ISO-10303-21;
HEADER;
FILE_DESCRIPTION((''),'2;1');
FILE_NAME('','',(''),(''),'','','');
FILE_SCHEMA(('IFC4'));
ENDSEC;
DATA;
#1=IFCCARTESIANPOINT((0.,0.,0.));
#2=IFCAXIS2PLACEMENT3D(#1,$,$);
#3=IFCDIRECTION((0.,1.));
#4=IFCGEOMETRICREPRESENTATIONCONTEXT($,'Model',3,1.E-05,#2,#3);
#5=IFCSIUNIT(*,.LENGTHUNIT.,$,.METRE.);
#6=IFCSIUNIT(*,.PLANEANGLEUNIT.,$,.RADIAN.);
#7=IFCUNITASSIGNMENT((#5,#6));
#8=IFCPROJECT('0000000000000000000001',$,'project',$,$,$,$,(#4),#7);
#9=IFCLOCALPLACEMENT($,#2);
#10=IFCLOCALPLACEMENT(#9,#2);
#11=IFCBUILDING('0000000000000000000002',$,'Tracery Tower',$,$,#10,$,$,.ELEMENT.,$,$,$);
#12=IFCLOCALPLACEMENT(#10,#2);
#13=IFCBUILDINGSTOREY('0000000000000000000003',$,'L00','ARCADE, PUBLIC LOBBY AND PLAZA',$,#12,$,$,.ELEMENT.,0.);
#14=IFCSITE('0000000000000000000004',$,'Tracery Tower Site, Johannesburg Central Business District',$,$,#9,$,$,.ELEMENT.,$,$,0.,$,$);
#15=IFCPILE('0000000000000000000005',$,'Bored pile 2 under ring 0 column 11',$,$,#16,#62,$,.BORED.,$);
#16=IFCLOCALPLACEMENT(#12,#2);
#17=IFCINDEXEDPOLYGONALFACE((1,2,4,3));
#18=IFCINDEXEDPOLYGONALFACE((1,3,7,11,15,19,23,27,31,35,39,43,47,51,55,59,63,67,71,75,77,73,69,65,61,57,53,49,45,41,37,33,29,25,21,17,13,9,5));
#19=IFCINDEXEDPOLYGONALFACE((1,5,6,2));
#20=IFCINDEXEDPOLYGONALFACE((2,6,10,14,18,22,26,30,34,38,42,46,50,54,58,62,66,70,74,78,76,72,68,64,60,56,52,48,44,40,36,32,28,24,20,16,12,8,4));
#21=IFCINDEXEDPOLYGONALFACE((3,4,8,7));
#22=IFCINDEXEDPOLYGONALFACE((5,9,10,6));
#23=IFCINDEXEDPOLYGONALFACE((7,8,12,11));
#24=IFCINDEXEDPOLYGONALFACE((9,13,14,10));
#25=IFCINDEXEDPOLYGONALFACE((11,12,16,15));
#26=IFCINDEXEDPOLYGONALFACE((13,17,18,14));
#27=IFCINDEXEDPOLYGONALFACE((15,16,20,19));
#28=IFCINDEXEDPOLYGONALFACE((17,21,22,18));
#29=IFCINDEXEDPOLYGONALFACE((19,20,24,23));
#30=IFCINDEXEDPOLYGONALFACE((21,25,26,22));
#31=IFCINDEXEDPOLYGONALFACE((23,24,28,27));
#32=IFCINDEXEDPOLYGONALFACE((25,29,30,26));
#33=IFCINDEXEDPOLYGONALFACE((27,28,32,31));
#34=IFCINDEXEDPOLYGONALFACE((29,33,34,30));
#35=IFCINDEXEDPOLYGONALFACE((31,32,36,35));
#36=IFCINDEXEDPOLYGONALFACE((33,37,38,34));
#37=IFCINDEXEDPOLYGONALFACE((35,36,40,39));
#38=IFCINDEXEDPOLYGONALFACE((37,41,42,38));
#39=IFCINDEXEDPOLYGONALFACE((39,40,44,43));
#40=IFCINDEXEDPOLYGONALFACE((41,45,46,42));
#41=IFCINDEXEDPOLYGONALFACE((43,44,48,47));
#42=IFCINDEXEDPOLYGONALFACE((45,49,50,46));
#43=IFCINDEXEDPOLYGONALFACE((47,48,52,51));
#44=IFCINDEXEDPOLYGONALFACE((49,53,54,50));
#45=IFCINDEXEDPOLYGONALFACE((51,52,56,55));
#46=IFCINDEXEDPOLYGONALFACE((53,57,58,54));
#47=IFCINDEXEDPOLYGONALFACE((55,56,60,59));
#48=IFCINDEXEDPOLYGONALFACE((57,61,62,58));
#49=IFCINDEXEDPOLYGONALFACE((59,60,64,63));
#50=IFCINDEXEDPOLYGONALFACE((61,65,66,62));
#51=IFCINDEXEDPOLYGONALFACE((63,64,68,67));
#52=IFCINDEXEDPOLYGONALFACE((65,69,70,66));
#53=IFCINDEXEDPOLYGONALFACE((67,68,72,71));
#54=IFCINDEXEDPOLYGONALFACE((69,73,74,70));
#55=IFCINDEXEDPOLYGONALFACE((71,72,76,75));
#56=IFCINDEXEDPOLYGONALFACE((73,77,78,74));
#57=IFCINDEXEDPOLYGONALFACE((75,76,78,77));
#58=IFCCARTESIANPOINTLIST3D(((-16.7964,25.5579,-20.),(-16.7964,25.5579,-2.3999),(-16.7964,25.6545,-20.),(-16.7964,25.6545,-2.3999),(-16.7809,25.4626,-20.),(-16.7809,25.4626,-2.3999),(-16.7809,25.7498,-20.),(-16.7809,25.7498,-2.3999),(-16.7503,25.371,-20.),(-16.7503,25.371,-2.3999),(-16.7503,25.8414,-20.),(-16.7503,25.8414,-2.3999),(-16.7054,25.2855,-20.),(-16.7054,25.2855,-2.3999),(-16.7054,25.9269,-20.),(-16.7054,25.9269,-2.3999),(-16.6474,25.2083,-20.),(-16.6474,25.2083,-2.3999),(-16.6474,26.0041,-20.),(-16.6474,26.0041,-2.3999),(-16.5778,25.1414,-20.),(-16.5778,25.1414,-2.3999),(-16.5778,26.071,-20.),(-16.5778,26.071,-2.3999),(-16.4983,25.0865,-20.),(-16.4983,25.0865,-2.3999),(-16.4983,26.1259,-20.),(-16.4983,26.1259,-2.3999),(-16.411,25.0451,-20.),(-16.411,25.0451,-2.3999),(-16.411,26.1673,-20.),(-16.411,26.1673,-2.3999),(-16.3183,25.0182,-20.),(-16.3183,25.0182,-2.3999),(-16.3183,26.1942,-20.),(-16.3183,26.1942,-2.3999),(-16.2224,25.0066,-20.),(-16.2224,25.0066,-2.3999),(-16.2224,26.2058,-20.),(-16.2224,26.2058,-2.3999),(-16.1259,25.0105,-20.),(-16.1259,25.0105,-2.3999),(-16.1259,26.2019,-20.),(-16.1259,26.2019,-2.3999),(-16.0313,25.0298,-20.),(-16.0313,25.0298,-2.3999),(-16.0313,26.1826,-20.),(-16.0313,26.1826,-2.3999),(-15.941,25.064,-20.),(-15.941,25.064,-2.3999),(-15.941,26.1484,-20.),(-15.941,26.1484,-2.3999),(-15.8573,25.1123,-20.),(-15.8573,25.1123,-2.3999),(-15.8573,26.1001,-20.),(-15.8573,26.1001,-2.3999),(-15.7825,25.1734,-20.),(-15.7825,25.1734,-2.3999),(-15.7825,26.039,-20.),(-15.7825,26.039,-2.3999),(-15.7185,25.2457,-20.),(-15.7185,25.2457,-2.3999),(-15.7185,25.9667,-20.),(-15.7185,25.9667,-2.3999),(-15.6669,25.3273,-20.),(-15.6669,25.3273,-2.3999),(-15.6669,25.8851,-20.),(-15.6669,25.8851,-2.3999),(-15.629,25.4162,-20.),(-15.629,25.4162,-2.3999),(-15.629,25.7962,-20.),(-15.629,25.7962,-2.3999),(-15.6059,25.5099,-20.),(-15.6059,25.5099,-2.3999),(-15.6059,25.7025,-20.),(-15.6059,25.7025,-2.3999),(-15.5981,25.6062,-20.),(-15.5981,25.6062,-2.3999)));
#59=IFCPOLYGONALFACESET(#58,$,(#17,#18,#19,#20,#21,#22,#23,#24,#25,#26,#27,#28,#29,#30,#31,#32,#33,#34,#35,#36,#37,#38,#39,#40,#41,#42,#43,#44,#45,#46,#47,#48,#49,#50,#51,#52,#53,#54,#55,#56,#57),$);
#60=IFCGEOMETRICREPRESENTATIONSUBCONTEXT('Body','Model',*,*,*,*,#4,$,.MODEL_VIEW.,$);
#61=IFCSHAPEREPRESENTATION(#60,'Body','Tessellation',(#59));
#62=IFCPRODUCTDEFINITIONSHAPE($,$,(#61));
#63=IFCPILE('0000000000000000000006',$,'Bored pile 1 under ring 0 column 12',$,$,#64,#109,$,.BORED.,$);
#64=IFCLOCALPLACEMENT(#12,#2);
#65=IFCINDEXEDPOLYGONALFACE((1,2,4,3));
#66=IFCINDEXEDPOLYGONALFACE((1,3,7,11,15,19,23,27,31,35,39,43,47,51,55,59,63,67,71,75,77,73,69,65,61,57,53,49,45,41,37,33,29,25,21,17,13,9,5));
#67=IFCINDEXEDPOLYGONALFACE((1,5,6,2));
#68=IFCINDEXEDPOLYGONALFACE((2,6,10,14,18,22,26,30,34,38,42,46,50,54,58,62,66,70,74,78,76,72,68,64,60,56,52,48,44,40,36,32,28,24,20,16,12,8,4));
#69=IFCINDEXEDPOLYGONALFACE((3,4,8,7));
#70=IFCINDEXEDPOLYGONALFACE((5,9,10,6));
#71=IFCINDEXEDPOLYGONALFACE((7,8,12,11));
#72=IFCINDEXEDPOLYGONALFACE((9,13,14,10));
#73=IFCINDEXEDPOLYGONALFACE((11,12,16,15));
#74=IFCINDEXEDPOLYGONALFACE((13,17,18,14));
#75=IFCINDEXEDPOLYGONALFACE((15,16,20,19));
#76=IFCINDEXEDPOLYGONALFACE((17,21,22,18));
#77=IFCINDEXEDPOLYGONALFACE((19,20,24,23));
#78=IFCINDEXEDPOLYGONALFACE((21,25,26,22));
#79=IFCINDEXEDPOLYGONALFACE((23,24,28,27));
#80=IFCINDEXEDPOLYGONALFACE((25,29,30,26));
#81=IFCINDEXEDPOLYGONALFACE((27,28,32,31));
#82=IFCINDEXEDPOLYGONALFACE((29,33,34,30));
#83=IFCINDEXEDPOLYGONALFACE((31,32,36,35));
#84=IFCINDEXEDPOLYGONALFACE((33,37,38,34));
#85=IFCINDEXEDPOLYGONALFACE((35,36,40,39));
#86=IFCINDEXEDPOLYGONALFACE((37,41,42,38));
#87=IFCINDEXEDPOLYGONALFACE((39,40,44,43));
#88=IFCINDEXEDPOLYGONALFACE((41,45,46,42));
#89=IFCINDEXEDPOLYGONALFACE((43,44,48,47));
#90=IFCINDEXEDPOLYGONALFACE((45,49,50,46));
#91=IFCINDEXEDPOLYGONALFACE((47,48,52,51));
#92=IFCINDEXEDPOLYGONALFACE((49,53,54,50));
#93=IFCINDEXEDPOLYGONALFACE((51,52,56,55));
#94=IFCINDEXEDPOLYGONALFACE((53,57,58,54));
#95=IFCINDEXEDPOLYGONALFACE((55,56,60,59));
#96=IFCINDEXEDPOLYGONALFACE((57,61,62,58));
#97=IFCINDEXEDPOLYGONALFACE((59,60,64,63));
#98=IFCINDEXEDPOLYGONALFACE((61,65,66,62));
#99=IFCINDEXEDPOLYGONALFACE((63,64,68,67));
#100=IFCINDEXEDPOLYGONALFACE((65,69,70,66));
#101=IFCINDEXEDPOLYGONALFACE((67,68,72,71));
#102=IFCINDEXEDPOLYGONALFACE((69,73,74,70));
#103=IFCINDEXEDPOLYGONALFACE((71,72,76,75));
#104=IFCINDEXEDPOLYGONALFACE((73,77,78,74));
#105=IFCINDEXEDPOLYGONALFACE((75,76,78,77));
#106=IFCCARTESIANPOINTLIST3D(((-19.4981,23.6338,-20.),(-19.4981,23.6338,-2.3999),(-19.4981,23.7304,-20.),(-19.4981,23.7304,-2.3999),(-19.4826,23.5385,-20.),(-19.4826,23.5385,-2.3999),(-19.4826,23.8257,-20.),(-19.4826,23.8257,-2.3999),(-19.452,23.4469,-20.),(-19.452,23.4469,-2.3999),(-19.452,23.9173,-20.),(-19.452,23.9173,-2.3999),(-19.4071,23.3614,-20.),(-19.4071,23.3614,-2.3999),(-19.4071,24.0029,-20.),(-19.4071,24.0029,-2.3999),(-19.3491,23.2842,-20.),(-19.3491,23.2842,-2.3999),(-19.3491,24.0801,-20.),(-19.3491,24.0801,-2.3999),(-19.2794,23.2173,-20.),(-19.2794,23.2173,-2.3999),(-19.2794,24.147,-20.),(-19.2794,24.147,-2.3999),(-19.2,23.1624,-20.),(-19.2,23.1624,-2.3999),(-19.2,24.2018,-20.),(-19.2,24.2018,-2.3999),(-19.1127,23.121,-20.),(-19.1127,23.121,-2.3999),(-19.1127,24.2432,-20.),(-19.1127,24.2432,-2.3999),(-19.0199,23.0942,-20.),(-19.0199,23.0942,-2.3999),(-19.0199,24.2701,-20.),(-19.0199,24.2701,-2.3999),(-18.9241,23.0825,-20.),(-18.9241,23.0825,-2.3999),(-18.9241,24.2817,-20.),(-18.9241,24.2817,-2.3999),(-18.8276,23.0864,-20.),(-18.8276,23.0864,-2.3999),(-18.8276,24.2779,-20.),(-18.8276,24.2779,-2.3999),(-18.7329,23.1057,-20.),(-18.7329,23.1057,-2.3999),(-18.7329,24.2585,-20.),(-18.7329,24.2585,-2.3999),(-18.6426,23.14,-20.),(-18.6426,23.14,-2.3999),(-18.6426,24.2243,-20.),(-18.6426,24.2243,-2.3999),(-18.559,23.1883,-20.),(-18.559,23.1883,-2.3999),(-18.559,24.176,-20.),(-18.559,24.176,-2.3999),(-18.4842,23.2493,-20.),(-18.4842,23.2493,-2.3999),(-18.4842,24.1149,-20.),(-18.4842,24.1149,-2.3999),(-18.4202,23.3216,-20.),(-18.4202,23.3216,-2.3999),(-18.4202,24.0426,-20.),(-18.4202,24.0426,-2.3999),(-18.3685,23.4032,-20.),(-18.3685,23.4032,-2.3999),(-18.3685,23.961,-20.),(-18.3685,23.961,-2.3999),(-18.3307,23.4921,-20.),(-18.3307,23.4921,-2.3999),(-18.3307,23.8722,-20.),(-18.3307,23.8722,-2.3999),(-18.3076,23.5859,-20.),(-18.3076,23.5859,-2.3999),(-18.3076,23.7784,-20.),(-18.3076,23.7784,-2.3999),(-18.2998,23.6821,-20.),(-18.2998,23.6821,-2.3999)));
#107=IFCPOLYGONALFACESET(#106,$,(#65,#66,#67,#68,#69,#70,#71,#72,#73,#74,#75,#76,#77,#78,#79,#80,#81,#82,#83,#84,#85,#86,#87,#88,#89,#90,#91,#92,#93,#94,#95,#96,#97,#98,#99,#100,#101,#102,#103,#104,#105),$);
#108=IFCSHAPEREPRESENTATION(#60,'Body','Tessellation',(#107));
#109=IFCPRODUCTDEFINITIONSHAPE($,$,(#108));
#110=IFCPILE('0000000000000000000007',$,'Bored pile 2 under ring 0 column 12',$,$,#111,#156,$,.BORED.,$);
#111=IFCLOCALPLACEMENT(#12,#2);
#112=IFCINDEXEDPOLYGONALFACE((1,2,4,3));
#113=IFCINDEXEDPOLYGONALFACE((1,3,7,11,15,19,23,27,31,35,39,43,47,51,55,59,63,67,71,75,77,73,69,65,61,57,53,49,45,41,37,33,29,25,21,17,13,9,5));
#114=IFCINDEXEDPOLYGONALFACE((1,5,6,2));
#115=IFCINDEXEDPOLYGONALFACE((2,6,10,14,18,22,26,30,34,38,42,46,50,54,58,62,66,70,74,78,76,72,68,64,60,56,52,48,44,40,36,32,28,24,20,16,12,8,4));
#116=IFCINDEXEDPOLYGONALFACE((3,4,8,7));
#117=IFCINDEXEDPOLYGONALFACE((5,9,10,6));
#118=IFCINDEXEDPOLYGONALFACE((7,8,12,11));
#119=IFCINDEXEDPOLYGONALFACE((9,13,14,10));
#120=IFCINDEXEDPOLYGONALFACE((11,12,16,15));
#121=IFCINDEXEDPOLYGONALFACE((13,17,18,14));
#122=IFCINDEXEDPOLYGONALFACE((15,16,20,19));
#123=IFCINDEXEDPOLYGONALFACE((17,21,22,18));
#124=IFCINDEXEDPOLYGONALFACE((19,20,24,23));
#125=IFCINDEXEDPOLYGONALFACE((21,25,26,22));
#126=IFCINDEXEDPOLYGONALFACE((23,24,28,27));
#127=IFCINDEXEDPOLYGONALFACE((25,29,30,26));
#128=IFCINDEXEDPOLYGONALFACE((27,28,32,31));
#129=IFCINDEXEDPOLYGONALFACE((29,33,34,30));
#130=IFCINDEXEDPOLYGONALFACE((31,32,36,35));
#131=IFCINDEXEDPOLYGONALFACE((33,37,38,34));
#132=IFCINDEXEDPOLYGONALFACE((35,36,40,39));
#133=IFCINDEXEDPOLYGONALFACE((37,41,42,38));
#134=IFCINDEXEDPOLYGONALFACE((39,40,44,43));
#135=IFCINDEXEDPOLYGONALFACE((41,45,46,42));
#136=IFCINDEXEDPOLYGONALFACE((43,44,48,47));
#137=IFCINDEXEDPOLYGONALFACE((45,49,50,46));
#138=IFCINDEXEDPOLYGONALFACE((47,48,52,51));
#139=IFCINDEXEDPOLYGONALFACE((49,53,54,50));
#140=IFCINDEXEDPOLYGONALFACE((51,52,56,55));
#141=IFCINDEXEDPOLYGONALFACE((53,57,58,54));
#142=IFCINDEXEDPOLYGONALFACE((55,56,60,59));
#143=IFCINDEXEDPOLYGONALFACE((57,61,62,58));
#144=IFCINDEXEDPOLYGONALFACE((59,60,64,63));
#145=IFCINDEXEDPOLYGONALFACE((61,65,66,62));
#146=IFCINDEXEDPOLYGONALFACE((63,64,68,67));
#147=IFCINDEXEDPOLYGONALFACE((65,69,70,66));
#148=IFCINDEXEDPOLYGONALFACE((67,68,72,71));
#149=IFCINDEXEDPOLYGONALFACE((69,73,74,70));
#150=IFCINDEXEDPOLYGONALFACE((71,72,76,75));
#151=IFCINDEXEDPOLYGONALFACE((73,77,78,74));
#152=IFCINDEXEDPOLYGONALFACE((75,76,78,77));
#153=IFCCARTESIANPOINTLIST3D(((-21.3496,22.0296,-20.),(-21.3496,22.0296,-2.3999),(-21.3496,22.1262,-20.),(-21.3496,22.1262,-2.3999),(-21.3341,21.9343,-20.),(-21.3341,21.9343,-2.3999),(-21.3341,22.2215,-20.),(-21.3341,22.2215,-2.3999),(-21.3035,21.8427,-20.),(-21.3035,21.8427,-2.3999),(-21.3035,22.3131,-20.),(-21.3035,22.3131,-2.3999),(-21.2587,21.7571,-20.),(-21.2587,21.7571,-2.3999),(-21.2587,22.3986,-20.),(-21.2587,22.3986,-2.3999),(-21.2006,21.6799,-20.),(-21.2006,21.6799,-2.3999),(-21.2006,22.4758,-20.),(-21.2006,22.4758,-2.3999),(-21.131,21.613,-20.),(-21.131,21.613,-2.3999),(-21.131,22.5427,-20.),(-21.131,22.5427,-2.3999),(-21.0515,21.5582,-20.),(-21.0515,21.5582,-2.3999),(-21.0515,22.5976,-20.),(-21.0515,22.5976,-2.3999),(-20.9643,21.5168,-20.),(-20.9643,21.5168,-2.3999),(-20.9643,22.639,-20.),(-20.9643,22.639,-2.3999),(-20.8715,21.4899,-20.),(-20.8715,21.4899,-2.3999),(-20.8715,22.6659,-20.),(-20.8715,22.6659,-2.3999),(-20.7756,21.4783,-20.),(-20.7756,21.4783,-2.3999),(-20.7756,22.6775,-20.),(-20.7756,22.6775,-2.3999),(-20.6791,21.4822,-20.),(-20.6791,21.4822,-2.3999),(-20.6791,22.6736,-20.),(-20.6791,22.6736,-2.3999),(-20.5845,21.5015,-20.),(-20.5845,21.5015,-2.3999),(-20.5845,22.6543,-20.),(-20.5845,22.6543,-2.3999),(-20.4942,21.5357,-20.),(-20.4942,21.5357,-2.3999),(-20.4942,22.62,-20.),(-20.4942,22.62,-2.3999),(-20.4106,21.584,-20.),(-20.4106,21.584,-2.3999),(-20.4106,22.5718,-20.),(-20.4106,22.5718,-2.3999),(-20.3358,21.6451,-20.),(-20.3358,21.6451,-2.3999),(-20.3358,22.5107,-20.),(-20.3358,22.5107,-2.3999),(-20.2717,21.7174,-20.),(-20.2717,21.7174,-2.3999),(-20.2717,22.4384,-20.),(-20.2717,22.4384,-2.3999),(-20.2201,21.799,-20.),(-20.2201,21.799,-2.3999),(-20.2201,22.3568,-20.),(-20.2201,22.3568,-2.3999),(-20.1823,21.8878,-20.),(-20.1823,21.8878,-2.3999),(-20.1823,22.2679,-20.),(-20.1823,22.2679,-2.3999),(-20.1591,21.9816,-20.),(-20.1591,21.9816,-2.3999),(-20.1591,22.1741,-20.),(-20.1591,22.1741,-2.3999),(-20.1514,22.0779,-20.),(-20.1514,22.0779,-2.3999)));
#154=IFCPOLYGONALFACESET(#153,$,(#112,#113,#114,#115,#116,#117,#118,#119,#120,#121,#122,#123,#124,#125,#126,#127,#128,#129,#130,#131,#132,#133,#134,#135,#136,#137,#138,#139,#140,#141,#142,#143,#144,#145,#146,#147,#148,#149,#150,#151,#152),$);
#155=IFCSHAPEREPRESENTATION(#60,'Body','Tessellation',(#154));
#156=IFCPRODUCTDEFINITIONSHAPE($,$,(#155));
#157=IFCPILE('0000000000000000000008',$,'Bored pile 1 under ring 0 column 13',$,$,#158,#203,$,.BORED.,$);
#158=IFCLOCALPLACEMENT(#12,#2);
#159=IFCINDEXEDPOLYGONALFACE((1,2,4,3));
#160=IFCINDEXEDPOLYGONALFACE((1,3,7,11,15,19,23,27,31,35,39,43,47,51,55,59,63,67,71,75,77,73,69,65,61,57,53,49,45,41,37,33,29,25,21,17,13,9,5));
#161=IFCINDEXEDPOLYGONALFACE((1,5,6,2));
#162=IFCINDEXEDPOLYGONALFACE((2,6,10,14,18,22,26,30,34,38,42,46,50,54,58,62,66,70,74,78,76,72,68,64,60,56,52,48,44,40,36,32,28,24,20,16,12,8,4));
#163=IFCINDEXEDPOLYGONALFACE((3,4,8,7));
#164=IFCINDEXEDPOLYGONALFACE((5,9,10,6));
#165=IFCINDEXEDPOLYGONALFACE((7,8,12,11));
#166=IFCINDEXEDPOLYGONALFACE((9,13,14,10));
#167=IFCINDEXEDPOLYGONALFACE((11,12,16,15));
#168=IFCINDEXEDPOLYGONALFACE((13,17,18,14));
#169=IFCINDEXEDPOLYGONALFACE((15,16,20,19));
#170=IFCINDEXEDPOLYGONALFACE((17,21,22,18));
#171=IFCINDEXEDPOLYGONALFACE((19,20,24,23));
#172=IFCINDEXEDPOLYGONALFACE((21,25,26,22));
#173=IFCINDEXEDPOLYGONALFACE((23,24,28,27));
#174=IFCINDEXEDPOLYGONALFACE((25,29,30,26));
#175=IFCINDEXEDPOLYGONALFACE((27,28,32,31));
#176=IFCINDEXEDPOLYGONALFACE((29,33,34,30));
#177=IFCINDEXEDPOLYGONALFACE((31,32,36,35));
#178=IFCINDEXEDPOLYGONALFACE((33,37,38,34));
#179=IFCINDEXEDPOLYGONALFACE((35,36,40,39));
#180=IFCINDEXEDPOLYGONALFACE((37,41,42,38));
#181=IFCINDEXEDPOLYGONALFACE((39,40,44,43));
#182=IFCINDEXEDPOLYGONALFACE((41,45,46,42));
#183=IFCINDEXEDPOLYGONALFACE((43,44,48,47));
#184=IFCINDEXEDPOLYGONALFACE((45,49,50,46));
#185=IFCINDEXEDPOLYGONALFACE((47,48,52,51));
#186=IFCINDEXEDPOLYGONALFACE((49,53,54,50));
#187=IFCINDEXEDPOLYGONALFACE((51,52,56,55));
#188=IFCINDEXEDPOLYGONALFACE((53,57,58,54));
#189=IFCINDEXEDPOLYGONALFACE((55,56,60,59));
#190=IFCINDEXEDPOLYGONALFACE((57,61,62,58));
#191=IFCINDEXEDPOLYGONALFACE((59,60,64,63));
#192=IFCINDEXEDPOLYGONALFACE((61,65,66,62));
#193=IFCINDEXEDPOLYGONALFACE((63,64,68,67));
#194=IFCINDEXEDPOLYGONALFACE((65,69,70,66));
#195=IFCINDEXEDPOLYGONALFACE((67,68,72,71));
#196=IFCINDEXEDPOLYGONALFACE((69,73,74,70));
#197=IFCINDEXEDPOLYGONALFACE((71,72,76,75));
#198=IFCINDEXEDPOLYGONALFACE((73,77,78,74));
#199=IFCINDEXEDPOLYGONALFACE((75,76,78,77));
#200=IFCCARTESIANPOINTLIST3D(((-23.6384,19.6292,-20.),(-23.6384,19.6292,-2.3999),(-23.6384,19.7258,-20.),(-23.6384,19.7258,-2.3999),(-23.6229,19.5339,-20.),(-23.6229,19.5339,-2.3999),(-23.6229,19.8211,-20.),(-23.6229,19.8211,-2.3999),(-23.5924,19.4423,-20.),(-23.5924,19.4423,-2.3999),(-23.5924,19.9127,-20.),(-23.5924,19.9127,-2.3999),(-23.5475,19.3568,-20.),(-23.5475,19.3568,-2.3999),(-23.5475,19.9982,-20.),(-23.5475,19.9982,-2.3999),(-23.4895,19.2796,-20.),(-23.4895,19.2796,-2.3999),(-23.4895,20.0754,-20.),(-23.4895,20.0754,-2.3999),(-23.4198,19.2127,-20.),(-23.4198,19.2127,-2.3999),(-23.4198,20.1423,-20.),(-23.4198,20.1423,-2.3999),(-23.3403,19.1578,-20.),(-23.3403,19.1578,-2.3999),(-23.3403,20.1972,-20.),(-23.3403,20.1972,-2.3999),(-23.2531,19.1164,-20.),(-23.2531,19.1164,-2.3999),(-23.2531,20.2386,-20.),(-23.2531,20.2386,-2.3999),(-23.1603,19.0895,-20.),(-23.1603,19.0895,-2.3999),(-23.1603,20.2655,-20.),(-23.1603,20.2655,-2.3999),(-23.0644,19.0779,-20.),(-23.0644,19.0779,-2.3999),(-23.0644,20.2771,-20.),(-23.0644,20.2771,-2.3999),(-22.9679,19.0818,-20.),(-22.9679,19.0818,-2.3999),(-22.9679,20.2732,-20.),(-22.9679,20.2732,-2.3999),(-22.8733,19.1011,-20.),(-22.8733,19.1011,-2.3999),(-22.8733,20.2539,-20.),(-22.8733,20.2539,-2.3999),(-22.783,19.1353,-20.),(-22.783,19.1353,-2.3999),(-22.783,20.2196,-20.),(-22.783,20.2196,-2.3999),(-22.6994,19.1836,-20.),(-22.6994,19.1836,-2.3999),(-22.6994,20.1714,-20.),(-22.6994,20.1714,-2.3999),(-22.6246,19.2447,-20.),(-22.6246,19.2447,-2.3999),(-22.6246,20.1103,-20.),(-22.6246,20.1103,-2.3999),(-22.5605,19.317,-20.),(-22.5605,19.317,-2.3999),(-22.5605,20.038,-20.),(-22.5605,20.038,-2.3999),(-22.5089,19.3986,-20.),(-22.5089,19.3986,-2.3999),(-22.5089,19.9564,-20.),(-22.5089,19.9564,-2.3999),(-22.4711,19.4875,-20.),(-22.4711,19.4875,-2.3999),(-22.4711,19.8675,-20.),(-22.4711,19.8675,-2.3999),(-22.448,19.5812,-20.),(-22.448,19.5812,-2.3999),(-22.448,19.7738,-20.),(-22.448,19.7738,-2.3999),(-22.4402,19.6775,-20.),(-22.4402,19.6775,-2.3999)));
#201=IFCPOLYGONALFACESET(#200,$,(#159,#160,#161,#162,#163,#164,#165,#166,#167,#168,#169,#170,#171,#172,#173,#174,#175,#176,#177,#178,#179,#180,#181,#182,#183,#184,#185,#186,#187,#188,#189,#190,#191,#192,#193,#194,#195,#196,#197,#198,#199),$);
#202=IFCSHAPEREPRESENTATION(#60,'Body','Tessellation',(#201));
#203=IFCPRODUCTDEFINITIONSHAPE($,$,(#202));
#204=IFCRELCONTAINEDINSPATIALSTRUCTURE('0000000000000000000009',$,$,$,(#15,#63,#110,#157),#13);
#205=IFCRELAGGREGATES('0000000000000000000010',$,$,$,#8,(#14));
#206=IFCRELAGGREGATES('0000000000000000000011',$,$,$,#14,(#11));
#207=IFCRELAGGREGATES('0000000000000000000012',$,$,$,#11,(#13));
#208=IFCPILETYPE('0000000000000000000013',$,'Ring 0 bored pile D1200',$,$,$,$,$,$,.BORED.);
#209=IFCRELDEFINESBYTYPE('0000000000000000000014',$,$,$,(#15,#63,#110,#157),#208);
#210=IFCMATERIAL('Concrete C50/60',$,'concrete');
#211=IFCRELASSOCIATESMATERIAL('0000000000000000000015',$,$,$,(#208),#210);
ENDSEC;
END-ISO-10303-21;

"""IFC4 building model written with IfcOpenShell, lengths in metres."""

from ifc_helpers import new_model, si_unit, direction, frame, origin, origin_2d, place, context, subcontext, project, spatial, circle, extrude, material, material_profile, profile_set, type_object, element, save


model = new_model("IFC4")

# Units and contexts
model_context = context("Model", 3, precision=1e-05, world=origin(), true_north=direction((0.0, 1.0)))
body_context = subcontext(model_context, "Body", "Model", "MODEL_VIEW")
ifc_project = project(units=[si_unit("LENGTHUNIT", "METRE"), si_unit("PLANEANGLEUNIT", "RADIAN")], contexts=[model_context])

# Site, building, storey
site_placement = place(None, origin())
site = spatial("IfcSite", under=ifc_project, at=site_placement, Name="Tracery Tower Site, Johannesburg Central Business District", CompositionType="ELEMENT", RefElevation=0.0)
building_placement = place(site_placement, origin())
building = spatial("IfcBuilding", under=site, at=building_placement, Name="Tracery Tower", CompositionType="ELEMENT")
storey_placement = place(building_placement, origin())
storey = spatial("IfcBuildingStorey", under=building, at=storey_placement, Name="L00", Description="ARCADE, PUBLIC LOBBY AND PLAZA", CompositionType="ELEMENT", Elevation=0.0)

# Piles
ifc_material_1 = material(Name="Concrete C50/60", Category="concrete")
ifc_material_profile_1 = material_profile(ifc_material_1, circle(Radius=0.6001, at=origin_2d()), Name="RC D1200")
ifc_profile_set_1 = profile_set([ifc_material_profile_1], Name="Concrete C50/60")
pile_type_1 = type_object("IfcPileType", Name="Ring 0 bored pile D1200", PredefinedType="BORED", material=ifc_profile_set_1)
for number, where, z_axis, x_axis, name in (
    (1, (-16.1982, 25.6062, -2.3999), (0.0, 0.0, -1.0), (1.0, 0.0, 0.0), "Bored pile 2 under ring 0 column 11"),
    (2, (-18.8999, 23.6821, -2.3999), (0.0, 0.0, -1.0), (1.0, 0.0, 0.0), "Bored pile 1 under ring 0 column 12"),
    (3, (-20.7515, 22.0779, -2.3999), (0.0, 0.0, -1.0), (1.0, 0.0, 0.0), "Bored pile 2 under ring 0 column 12"),
    (4, (-23.0403, 19.6775, -2.3999), (0.0, 0.0, -1.0), (1.0, 0.0, 0.0), "Bored pile 1 under ring 0 column 13"),
):
    element("IfcPile", number, at=place(storey_placement, frame(where, z_axis=z_axis, x_axis=x_axis)), inside=storey, type_object=pile_type_1, Name=name, PredefinedType="BORED", context=body_context, shape_type="SweptSolid", body=[
        extrude(circle(Radius=0.6001, at=origin_2d()), origin(), (0.0, 0.0, 1.0), 17.6001),
    ])

save(model, "model.ifc")
